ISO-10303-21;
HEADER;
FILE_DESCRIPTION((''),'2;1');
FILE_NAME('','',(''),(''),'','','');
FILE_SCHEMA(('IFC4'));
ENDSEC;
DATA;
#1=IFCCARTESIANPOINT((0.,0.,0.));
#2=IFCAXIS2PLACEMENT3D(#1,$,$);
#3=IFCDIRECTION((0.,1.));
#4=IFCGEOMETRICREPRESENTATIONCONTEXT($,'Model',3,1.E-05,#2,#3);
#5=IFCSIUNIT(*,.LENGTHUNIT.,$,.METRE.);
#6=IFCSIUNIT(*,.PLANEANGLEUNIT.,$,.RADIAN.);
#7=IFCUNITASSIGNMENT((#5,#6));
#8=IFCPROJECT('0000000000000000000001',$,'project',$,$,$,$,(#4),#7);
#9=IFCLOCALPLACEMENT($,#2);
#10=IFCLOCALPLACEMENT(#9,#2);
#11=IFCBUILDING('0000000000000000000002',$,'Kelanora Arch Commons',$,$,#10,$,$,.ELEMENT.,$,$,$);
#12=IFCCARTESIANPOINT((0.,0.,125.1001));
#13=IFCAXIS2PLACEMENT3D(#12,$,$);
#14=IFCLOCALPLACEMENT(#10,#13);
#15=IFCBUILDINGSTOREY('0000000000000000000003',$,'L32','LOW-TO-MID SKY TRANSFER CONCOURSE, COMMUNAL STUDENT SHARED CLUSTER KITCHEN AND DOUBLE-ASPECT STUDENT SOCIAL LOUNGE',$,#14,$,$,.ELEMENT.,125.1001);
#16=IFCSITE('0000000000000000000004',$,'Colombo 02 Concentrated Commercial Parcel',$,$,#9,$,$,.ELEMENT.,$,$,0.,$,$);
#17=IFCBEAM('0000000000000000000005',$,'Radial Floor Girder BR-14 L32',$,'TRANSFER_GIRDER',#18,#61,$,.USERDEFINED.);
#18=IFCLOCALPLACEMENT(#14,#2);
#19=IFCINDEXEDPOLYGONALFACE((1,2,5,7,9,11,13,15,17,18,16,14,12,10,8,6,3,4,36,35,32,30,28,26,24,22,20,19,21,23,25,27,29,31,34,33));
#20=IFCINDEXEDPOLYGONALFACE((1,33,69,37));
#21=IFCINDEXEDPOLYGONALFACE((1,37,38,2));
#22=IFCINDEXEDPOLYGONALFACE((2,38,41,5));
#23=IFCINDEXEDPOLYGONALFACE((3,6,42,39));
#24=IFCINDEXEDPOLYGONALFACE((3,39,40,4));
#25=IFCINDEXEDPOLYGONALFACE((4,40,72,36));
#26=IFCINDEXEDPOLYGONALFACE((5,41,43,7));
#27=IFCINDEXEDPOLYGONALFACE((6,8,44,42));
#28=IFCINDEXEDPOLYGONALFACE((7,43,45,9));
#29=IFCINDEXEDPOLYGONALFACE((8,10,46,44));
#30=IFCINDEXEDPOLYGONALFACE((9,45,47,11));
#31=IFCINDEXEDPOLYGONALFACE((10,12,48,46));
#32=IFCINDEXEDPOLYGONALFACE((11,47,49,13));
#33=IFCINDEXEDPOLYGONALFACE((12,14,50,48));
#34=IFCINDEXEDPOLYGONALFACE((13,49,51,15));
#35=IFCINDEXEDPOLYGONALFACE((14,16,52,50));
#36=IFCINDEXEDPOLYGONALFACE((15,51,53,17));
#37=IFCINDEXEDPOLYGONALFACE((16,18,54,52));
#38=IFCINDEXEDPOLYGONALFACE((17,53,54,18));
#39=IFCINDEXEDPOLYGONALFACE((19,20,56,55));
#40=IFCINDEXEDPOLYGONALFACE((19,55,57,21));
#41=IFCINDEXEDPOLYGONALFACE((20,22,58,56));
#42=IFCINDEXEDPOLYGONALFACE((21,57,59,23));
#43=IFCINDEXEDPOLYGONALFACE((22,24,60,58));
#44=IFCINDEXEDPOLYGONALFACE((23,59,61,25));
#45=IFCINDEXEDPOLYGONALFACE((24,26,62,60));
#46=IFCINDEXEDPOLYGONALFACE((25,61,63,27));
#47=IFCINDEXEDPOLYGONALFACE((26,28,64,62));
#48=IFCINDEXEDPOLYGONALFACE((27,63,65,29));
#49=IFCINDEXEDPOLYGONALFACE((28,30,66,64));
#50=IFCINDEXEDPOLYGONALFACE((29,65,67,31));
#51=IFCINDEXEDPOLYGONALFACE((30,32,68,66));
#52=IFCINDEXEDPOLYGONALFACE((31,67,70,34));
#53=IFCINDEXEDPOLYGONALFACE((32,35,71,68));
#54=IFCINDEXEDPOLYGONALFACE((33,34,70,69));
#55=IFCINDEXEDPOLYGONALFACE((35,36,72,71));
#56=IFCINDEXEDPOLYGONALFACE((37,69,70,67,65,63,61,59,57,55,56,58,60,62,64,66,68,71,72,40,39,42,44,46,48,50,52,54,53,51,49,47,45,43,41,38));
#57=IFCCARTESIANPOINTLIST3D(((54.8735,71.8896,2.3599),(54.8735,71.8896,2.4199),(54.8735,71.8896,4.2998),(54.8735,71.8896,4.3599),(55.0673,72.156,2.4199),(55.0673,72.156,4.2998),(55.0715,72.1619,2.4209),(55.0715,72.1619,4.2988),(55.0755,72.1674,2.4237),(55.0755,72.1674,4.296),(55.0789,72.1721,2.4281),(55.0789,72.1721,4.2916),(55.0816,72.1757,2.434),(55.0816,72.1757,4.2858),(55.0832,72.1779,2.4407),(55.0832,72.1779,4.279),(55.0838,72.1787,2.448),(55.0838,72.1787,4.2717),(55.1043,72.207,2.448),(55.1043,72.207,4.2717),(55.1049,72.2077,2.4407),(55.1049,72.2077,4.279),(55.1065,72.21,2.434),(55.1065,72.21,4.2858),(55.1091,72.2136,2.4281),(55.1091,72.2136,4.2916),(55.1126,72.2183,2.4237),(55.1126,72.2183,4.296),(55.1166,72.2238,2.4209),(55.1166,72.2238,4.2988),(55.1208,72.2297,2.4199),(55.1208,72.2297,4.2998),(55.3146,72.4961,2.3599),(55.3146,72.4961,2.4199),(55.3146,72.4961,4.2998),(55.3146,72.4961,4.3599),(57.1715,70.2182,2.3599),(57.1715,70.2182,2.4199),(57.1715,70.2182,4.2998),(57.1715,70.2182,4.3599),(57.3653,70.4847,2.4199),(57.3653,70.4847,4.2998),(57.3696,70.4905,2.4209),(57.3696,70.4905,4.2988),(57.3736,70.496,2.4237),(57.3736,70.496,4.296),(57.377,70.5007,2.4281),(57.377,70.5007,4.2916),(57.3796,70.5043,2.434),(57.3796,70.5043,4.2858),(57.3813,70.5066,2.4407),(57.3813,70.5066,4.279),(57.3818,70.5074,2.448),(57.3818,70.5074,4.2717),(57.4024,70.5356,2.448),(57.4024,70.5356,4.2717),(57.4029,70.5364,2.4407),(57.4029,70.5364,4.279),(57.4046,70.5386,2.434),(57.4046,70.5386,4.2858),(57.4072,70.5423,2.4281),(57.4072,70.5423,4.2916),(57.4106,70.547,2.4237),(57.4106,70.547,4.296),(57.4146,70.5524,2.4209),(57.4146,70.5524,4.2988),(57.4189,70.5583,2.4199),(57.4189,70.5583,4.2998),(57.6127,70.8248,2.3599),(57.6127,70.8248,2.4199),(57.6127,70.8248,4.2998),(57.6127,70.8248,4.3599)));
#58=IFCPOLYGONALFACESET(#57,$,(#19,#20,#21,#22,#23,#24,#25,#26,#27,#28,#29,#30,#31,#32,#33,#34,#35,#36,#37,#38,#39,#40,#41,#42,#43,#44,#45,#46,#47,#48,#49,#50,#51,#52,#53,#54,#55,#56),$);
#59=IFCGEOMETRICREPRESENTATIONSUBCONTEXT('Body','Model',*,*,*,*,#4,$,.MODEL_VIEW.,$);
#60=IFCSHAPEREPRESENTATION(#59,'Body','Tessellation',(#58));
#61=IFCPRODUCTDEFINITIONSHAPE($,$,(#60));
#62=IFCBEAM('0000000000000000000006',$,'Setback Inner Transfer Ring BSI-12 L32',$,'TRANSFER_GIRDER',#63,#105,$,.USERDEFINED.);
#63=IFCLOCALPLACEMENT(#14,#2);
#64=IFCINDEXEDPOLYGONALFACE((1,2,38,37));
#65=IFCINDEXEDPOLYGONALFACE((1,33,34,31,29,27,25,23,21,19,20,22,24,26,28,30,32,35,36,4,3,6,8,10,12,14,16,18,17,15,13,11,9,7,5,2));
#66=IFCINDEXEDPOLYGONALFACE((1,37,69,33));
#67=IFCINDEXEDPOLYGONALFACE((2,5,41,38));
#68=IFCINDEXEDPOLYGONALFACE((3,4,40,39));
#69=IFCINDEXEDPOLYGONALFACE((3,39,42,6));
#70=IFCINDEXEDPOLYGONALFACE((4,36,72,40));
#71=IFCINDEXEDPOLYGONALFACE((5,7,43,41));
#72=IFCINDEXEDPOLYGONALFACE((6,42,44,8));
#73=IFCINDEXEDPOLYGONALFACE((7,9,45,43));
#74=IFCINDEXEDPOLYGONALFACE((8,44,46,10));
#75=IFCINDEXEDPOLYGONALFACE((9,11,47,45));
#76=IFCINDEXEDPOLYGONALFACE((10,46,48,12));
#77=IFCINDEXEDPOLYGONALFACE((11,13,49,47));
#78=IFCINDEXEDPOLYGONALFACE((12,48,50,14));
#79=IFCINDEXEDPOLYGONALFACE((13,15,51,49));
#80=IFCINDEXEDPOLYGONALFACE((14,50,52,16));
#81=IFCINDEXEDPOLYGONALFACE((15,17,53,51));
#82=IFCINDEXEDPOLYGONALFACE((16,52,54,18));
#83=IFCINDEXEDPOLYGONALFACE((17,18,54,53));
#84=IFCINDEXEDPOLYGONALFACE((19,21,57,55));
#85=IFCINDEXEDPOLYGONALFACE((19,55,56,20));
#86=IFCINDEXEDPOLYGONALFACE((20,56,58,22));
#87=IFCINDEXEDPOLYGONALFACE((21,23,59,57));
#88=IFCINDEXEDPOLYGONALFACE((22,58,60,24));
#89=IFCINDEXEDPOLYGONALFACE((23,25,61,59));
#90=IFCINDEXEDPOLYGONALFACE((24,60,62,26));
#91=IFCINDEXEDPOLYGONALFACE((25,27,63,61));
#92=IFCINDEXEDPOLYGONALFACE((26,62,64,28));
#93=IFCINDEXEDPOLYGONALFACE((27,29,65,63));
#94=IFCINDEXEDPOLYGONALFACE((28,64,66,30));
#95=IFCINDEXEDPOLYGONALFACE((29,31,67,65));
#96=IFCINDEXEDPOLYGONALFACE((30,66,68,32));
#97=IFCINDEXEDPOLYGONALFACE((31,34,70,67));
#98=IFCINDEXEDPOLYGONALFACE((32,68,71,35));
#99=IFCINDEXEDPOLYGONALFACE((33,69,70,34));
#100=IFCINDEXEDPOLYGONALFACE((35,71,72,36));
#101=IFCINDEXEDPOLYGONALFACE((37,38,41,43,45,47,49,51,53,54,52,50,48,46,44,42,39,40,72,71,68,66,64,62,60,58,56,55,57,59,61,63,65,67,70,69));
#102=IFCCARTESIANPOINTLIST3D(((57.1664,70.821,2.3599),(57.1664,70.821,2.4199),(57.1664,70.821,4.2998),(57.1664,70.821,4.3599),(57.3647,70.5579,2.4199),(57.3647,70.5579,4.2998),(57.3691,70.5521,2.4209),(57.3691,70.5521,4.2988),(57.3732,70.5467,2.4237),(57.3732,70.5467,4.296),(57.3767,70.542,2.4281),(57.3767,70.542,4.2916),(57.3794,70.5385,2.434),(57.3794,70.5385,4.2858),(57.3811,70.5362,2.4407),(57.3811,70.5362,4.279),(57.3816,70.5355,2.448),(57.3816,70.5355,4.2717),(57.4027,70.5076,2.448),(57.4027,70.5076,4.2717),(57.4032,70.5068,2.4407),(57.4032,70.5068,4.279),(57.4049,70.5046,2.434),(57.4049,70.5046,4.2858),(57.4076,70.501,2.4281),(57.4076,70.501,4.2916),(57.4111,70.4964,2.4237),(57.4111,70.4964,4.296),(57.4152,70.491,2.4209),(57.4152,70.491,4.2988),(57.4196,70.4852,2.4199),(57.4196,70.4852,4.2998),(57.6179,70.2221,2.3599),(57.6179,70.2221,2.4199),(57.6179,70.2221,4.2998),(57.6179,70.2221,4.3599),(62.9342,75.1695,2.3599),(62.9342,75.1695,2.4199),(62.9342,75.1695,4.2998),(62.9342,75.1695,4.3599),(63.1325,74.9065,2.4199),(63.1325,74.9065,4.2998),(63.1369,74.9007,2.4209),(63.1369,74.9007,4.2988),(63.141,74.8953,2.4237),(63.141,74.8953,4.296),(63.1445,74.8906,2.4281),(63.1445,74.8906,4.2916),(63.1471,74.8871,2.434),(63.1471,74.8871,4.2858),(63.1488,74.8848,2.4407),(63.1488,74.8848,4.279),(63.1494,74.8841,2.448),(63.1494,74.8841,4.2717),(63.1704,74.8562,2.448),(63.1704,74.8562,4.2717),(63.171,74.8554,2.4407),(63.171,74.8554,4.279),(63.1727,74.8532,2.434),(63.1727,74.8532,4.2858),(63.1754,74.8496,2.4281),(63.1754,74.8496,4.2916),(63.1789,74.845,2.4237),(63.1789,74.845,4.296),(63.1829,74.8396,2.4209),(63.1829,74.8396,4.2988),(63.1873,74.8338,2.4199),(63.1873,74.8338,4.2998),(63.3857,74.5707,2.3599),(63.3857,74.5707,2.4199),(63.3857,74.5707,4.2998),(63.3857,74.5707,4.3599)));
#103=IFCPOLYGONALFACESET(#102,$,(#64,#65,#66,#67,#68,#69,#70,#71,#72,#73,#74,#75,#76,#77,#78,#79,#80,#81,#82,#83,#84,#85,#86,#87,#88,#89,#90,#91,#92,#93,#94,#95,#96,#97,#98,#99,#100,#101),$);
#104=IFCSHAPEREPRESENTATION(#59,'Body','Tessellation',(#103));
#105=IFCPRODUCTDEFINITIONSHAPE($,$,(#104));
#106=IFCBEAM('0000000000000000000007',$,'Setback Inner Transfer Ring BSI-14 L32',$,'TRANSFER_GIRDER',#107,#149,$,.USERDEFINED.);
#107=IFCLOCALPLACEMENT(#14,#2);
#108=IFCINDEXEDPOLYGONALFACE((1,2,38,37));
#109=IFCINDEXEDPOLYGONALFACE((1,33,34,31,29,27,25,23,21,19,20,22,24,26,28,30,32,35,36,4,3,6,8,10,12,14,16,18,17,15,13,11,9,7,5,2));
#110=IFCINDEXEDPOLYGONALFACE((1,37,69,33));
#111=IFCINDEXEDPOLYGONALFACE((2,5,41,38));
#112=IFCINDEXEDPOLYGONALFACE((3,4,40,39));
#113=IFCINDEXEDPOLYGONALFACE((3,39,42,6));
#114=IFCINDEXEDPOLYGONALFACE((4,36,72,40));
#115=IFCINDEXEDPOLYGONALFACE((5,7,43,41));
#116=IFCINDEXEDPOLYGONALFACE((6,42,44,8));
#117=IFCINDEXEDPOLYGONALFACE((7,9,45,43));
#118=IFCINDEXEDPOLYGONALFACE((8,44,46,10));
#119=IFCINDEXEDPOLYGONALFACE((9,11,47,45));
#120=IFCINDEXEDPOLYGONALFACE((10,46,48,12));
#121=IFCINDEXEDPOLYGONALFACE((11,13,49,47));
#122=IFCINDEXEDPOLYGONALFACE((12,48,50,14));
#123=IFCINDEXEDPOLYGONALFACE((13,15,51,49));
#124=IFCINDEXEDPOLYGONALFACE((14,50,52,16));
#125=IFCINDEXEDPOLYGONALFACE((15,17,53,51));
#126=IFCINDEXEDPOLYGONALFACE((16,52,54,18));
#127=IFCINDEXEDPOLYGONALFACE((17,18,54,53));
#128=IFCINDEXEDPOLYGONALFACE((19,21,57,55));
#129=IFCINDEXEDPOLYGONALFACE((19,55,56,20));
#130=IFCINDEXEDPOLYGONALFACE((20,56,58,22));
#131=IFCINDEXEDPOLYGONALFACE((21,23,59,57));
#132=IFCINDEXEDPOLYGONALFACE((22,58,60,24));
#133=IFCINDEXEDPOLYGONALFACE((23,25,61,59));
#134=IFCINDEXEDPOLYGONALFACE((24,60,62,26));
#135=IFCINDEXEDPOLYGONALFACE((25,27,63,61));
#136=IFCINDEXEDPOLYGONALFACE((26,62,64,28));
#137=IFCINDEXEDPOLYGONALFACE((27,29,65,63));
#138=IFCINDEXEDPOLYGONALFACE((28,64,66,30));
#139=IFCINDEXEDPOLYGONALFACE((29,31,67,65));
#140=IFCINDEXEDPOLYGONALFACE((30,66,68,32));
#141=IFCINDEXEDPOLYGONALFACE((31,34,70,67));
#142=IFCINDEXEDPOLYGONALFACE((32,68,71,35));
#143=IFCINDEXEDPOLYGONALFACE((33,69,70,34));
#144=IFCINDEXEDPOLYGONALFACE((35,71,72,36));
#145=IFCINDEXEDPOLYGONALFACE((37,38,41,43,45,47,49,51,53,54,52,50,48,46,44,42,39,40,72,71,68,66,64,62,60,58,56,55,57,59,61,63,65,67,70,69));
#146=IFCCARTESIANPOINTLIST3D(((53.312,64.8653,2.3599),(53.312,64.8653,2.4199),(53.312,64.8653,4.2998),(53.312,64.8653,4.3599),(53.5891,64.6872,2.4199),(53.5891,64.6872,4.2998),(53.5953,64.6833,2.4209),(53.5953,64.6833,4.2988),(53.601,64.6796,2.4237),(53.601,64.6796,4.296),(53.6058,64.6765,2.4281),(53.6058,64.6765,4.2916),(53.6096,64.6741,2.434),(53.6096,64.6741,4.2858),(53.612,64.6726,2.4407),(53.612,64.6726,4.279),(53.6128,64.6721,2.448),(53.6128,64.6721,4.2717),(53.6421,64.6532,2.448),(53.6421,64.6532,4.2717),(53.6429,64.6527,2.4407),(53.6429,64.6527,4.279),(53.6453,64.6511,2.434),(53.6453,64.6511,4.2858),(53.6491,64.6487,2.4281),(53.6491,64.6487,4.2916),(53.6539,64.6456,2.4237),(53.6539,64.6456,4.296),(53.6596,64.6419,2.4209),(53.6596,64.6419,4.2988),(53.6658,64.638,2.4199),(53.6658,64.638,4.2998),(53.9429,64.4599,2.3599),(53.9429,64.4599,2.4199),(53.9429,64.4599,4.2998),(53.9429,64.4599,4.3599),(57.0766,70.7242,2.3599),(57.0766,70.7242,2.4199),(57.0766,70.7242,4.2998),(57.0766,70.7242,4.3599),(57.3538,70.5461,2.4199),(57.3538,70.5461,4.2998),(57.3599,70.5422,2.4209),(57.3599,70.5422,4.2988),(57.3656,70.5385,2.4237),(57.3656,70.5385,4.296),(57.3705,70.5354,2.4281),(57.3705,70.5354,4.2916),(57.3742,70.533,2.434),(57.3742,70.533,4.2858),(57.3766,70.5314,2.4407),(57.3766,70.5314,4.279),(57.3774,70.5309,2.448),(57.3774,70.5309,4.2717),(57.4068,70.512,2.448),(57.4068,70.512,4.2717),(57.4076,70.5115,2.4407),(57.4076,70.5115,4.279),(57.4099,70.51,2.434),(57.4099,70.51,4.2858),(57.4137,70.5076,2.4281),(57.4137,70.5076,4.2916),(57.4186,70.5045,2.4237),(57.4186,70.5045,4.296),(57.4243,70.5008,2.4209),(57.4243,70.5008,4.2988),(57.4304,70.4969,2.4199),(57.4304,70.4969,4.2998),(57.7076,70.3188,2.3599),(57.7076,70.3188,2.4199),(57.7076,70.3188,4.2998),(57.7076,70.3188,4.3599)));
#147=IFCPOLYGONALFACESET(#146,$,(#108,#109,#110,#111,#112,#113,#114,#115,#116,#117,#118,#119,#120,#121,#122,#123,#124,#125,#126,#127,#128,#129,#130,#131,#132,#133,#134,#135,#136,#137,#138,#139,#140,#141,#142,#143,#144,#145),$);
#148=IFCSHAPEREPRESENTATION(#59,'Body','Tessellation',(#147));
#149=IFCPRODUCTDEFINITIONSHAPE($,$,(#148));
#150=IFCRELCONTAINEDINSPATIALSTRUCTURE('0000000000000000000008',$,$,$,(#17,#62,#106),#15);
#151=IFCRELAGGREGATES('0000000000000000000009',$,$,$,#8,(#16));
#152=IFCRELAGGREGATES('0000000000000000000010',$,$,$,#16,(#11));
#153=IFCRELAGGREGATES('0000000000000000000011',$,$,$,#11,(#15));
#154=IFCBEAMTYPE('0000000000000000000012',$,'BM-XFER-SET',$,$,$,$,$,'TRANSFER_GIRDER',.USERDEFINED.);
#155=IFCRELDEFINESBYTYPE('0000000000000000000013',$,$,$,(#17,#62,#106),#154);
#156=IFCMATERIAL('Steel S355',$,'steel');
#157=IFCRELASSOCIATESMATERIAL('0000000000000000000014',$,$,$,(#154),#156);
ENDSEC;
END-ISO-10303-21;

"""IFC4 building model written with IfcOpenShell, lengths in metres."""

from ifc_helpers import new_model, si_unit, direction, frame, origin, origin_2d, place, context, subcontext, project, spatial, i_section, extrude, material, material_profile, profile_set, type_object, element, save


model = new_model("IFC4")

# Units and contexts
model_context = context("Model", 3, precision=1e-05, world=origin(), true_north=direction((0.0, 1.0)))
body_context = subcontext(model_context, "Body", "Model", "MODEL_VIEW")
ifc_project = project(units=[si_unit("LENGTHUNIT", "METRE"), si_unit("PLANEANGLEUNIT", "RADIAN")], contexts=[model_context])

# Site, building, storey
site_placement = place(None, origin())
site = spatial("IfcSite", under=ifc_project, at=site_placement, Name="Colombo 02 Concentrated Commercial Parcel", CompositionType="ELEMENT", RefElevation=0.0)
building_placement = place(site_placement, origin())
building = spatial("IfcBuilding", under=site, at=building_placement, Name="Kelanora Arch Commons", CompositionType="ELEMENT")
storey_placement = place(building_placement, frame((0.0, 0.0, 125.1001)))
storey = spatial("IfcBuildingStorey", under=building, at=storey_placement, Name="L32", Description="LOW-TO-MID SKY TRANSFER CONCOURSE, COMMUNAL STUDENT SHARED CLUSTER KITCHEN AND DOUBLE-ASPECT STUDENT SOCIAL LOUNGE", CompositionType="ELEMENT", Elevation=125.1001)

# Beams
ifc_material_1 = material(Name="Steel S355", Category="steel")
ifc_material_profile_1 = material_profile(ifc_material_1, i_section(OverallWidth=0.75, OverallDepth=2.0, WebThickness=0.0349, FlangeThickness=0.0601, FilletRadius=0.0281, at=origin_2d()), Name="PG2000x750")
ifc_profile_set_1 = profile_set([ifc_material_profile_1], Name="Steel S355")
beam_type_1 = type_object("IfcBeamType", Name="BM-XFER-SET", ElementType="TRANSFER_GIRDER", PredefinedType="USERDEFINED", material=ifc_profile_set_1)
beam_1_placement = place(storey_placement, frame((57.3921, 70.5215, 3.3599), z_axis=(-0.808729, 0.588182, 0.0), x_axis=(-0.588182, -0.808729, 0.0)))
element("IfcBeam", 1, at=beam_1_placement, inside=storey, type_object=beam_type_1, Name="Radial Floor Girder BR-14 L32", ObjectType="TRANSFER_GIRDER", PredefinedType="USERDEFINED", context=body_context, shape_type="SweptSolid", body=[
    extrude(i_section(OverallWidth=0.75, OverallDepth=2.0, WebThickness=0.0349, FlangeThickness=0.0601, FilletRadius=0.0281, at=origin_2d()), origin(), (0.0, 0.0, 1.0), 2.8416),
])
beam_2_placement = place(storey_placement, frame((63.1599, 74.8701, 3.3599), z_axis=(-0.798485, -0.602015, 0.0), x_axis=(0.602015, -0.798485, 0.0)))
element("IfcBeam", 2, at=beam_2_placement, inside=storey, type_object=beam_type_1, Name="Setback Inner Transfer Ring BSI-12 L32", ObjectType="TRANSFER_GIRDER", PredefinedType="USERDEFINED", context=body_context, shape_type="SweptSolid", body=[
    extrude(i_section(OverallWidth=0.75, OverallDepth=2.0, WebThickness=0.0349, FlangeThickness=0.0601, FilletRadius=0.0281, at=origin_2d()), origin(), (0.0, 0.0, 1.0), 7.2234),
])
beam_3_placement = place(storey_placement, frame((57.3921, 70.5215, 3.3599), z_axis=(-0.540577, -0.841295, 0.0), x_axis=(0.841295, -0.540577, 0.0)))
element("IfcBeam", 3, at=beam_3_placement, inside=storey, type_object=beam_type_1, Name="Setback Inner Transfer Ring BSI-14 L32", ObjectType="TRANSFER_GIRDER", PredefinedType="USERDEFINED", context=body_context, shape_type="SweptSolid", body=[
    extrude(i_section(OverallWidth=0.75, OverallDepth=2.0, WebThickness=0.0349, FlangeThickness=0.0601, FilletRadius=0.0281, at=origin_2d()), origin(), (0.0, 0.0, 1.0), 6.9641),
])

save(model, "model.ifc")
